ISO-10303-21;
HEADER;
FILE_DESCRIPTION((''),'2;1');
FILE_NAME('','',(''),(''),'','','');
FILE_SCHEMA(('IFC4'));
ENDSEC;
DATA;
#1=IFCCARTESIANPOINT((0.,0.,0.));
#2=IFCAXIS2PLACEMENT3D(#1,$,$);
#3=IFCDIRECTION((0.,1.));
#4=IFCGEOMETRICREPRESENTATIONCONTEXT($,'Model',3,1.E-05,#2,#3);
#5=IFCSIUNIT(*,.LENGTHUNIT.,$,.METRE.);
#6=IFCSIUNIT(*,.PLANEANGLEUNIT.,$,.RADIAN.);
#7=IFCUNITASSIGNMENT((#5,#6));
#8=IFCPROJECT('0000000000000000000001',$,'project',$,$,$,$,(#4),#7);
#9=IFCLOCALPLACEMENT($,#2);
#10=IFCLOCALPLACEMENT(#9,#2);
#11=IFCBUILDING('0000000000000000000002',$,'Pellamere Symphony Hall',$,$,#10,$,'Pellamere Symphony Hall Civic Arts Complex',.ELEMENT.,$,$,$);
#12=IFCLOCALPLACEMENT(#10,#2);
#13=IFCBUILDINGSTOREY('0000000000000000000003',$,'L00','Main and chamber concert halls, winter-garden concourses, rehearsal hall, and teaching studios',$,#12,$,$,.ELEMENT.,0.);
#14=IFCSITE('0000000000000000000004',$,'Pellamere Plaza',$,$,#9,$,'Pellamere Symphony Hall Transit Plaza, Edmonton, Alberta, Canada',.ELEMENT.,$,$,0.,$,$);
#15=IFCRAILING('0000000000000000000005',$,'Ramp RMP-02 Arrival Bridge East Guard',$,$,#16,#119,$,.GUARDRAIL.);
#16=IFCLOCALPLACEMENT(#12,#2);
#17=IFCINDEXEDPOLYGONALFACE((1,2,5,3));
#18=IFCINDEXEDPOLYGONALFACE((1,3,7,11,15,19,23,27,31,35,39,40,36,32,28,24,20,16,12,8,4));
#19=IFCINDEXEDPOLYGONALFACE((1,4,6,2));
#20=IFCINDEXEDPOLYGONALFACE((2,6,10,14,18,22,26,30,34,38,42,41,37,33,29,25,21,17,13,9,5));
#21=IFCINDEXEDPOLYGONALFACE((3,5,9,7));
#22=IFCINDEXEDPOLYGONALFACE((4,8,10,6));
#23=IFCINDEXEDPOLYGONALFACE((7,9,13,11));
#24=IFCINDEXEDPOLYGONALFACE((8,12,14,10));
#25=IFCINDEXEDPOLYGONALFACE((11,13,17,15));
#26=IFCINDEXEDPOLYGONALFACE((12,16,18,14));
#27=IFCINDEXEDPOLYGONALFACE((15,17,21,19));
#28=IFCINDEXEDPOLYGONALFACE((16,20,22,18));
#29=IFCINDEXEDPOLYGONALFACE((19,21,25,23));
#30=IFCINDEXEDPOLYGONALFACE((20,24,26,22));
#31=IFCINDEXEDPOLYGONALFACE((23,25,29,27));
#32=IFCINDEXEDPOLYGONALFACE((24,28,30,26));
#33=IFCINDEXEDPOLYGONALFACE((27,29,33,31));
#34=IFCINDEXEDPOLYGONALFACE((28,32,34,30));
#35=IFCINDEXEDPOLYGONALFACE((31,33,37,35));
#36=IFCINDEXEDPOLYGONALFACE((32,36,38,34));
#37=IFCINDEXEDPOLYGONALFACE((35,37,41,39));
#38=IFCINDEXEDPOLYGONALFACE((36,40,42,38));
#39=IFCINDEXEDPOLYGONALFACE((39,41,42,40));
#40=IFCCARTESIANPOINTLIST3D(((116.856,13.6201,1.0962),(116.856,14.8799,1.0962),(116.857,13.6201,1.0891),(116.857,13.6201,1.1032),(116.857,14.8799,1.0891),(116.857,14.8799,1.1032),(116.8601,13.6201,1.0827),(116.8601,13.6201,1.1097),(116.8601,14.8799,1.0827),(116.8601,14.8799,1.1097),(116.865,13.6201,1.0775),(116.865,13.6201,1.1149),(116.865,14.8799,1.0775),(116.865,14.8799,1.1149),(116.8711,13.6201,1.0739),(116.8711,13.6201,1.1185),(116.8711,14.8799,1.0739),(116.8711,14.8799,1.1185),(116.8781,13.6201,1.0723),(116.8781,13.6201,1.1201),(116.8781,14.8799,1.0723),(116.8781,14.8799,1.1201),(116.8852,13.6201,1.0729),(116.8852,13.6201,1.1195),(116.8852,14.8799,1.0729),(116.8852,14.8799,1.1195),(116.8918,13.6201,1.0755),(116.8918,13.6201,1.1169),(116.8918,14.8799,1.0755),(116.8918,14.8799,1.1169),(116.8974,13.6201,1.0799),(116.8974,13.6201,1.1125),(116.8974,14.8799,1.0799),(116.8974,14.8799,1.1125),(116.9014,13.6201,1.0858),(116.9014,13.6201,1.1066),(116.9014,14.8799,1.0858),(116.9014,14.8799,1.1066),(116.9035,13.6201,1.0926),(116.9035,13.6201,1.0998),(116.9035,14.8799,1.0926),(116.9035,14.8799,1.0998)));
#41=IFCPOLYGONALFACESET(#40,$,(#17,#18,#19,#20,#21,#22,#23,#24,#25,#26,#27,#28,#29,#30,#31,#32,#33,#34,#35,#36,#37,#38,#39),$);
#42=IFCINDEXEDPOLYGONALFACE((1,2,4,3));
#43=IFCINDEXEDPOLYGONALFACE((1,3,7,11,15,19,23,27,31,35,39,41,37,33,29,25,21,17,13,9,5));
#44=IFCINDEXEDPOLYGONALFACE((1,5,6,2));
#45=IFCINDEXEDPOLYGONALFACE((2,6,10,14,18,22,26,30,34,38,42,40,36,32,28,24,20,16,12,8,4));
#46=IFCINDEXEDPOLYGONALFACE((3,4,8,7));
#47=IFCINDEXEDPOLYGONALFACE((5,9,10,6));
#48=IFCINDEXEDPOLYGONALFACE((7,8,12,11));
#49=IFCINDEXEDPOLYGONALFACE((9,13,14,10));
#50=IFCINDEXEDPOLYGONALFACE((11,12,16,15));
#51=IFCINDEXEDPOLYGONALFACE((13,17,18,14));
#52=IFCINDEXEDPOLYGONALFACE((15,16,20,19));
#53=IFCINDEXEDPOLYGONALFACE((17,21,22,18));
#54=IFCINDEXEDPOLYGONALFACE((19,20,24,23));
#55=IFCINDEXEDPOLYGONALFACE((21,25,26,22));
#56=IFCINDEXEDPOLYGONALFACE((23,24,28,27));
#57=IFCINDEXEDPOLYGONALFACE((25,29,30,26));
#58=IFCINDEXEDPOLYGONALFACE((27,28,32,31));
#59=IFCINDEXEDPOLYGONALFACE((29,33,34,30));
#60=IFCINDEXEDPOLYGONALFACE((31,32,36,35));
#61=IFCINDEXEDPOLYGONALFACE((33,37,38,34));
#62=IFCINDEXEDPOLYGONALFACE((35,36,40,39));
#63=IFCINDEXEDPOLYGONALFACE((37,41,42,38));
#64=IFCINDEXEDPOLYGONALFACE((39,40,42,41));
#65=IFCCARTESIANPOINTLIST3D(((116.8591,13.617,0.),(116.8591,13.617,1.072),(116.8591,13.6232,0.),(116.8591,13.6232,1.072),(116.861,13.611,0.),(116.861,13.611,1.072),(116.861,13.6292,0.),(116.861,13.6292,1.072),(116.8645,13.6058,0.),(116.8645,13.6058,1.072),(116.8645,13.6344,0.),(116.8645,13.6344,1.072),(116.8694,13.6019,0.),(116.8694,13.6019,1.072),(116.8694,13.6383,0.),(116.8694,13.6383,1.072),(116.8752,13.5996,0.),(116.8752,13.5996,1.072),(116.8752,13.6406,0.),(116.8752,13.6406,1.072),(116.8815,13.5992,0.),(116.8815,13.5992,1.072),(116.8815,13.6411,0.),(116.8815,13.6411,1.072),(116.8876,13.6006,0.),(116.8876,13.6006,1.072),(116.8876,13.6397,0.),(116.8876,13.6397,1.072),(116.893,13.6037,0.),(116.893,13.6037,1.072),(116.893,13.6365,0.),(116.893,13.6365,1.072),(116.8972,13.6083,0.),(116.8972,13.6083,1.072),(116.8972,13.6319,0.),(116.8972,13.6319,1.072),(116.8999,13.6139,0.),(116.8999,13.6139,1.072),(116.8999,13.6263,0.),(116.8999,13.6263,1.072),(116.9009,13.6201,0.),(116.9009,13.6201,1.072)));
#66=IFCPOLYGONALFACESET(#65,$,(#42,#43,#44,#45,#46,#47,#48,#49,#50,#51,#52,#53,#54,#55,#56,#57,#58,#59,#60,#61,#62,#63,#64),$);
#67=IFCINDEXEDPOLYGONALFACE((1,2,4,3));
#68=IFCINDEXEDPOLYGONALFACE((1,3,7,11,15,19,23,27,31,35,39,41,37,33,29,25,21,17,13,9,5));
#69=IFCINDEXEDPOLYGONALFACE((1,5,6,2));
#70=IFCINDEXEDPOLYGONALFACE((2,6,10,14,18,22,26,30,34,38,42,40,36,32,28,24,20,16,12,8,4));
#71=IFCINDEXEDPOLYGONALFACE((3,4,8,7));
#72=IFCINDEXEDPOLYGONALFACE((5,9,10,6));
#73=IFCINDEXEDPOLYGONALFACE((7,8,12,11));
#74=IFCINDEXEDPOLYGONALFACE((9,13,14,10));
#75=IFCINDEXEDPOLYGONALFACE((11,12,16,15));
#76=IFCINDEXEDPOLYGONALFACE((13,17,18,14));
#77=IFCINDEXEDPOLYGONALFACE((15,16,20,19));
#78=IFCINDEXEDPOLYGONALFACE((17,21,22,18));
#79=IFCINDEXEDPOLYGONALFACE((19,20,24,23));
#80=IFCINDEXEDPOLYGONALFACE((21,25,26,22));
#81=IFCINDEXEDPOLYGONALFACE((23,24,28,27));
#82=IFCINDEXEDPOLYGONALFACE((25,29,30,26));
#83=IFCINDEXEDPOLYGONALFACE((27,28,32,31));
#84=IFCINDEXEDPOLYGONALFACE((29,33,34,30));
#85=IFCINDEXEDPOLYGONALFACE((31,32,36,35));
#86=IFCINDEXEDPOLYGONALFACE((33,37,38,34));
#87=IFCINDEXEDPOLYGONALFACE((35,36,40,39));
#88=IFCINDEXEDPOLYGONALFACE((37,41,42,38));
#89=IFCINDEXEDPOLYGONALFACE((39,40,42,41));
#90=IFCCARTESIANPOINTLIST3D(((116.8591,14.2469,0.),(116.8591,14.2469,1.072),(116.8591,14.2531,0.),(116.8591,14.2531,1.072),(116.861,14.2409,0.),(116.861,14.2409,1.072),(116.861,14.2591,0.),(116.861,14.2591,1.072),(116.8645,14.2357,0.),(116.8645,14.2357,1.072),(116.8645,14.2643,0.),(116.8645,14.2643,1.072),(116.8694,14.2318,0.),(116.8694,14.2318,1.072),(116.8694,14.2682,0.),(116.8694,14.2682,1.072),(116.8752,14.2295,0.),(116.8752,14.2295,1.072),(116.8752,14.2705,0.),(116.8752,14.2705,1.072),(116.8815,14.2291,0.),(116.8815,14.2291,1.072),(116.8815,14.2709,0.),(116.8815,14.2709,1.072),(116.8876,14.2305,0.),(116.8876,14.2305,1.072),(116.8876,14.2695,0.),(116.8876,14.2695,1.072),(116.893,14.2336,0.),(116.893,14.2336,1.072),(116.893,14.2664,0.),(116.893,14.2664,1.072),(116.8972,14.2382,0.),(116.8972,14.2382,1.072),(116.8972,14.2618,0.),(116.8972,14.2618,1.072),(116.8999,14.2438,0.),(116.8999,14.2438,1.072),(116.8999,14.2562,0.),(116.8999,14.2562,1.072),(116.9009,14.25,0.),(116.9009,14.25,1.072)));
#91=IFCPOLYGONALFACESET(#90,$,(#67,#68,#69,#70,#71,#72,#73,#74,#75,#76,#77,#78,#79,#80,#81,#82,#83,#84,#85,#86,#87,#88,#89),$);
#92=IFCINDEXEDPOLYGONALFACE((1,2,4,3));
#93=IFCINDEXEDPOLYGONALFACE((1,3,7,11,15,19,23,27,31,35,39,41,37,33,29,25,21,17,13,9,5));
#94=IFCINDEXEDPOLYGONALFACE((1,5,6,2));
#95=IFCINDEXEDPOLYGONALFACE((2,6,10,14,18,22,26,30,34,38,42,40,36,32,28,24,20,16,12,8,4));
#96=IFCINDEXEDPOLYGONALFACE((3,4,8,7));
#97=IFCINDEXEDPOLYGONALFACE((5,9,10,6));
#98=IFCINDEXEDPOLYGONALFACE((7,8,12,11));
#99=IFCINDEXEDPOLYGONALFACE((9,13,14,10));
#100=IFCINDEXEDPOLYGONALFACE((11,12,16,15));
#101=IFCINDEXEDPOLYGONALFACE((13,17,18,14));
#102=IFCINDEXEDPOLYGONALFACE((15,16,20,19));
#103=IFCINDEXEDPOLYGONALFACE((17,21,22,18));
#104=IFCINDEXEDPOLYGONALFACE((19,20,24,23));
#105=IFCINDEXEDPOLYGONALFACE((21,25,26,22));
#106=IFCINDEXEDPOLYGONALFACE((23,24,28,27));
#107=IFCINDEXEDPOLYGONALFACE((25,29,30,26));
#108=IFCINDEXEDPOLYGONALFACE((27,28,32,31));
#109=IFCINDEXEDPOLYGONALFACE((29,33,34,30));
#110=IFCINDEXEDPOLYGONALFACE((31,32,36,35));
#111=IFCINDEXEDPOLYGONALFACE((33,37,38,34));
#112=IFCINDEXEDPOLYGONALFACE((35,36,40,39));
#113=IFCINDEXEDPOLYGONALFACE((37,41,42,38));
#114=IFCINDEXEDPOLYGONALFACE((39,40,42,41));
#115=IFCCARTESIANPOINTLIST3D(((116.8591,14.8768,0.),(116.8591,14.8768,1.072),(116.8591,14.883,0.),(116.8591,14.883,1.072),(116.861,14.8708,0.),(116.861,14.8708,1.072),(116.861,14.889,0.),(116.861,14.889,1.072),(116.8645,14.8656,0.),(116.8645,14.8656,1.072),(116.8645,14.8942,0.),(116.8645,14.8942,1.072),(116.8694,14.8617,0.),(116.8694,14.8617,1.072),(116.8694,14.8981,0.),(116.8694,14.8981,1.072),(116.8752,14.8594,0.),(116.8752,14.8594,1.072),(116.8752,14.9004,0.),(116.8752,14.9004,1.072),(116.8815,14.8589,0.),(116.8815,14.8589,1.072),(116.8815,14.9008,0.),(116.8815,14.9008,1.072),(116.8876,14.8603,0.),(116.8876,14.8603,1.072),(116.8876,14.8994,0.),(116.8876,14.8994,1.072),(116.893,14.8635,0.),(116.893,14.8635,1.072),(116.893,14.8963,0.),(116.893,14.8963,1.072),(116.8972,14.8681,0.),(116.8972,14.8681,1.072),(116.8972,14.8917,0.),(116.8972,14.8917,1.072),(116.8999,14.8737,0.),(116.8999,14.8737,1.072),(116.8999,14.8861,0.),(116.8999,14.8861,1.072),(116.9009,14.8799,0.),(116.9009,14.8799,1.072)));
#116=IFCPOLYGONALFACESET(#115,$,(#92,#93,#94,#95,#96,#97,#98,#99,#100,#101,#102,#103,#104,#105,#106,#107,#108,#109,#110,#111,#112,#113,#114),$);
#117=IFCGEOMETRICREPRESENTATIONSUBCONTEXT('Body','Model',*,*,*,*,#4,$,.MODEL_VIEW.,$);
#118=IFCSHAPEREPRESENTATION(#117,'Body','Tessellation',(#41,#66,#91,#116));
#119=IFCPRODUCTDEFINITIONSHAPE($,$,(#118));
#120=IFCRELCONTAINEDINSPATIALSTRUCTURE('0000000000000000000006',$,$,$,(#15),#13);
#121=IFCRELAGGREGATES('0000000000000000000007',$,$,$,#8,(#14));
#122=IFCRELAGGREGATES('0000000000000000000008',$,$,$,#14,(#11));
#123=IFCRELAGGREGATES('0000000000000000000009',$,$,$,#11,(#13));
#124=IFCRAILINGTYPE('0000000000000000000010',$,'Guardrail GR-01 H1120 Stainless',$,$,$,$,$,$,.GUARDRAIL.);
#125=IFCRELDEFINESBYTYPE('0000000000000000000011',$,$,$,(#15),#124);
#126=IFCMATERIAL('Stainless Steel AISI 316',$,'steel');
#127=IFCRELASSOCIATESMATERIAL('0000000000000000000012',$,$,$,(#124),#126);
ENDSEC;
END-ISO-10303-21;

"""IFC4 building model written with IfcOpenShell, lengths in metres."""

from ifc_helpers import new_model, si_unit, direction, frame, origin, origin_2d, place, context, subcontext, project, spatial, circle, extrude, material, type_object, element, save


model = new_model("IFC4")

# Units and contexts
model_context = context("Model", 3, precision=1e-05, world=origin(), true_north=direction((0.0, 1.0)))
body_context = subcontext(model_context, "Body", "Model", "MODEL_VIEW")
ifc_project = project(units=[si_unit("LENGTHUNIT", "METRE"), si_unit("PLANEANGLEUNIT", "RADIAN")], contexts=[model_context])

# Site, building, storey
site_placement = place(None, origin())
site = spatial("IfcSite", under=ifc_project, at=site_placement, Name="Pellamere Plaza", LongName="Pellamere Symphony Hall Transit Plaza, Edmonton, Alberta, Canada", CompositionType="ELEMENT", RefElevation=0.0)
building_placement = place(site_placement, origin())
building = spatial("IfcBuilding", under=site, at=building_placement, Name="Pellamere Symphony Hall", LongName="Pellamere Symphony Hall Civic Arts Complex", CompositionType="ELEMENT")
storey_placement = place(building_placement, origin())
storey = spatial("IfcBuildingStorey", under=building, at=storey_placement, Name="L00", Description="Main and chamber concert halls, winter-garden concourses, rehearsal hall, and teaching studios", CompositionType="ELEMENT", Elevation=0.0)

# Railing
ifc_material_1 = material(Name="Stainless Steel AISI 316", Category="steel")
railing_type_1 = type_object("IfcRailingType", Name="Guardrail GR-01 H1120 Stainless", PredefinedType="GUARDRAIL", material=ifc_material_1)
railing_1_placement = place(storey_placement, frame((116.8799, 13.6201, 0.0)))
element("IfcRailing", 1, at=railing_1_placement, inside=storey, type_object=railing_type_1, Name="Ramp RMP-02 Arrival Bridge East Guard", PredefinedType="GUARDRAIL", context=body_context, shape_type="SweptSolid", body=[
    extrude(circle(Radius=0.0239, at=origin_2d()), frame((0.0, 0.0, 1.0962), z_axis=(0.0, 1.0, 0.0), x_axis=(-1.0, 0.0, 0.0)), (0.0, 0.0, 1.0), 1.2598),
    extrude(circle(Radius=0.021, at=origin_2d()), origin(), (0.0, 0.0, 1.0), 1.072),
    extrude(circle(Radius=0.021, at=origin_2d()), frame((0.0, 0.6299, 0.0)), (0.0, 0.0, 1.0), 1.072),
    extrude(circle(Radius=0.021, at=origin_2d()), frame((0.0, 1.2598, 0.0)), (0.0, 0.0, 1.0), 1.072),
])

save(model, "model.ifc")
